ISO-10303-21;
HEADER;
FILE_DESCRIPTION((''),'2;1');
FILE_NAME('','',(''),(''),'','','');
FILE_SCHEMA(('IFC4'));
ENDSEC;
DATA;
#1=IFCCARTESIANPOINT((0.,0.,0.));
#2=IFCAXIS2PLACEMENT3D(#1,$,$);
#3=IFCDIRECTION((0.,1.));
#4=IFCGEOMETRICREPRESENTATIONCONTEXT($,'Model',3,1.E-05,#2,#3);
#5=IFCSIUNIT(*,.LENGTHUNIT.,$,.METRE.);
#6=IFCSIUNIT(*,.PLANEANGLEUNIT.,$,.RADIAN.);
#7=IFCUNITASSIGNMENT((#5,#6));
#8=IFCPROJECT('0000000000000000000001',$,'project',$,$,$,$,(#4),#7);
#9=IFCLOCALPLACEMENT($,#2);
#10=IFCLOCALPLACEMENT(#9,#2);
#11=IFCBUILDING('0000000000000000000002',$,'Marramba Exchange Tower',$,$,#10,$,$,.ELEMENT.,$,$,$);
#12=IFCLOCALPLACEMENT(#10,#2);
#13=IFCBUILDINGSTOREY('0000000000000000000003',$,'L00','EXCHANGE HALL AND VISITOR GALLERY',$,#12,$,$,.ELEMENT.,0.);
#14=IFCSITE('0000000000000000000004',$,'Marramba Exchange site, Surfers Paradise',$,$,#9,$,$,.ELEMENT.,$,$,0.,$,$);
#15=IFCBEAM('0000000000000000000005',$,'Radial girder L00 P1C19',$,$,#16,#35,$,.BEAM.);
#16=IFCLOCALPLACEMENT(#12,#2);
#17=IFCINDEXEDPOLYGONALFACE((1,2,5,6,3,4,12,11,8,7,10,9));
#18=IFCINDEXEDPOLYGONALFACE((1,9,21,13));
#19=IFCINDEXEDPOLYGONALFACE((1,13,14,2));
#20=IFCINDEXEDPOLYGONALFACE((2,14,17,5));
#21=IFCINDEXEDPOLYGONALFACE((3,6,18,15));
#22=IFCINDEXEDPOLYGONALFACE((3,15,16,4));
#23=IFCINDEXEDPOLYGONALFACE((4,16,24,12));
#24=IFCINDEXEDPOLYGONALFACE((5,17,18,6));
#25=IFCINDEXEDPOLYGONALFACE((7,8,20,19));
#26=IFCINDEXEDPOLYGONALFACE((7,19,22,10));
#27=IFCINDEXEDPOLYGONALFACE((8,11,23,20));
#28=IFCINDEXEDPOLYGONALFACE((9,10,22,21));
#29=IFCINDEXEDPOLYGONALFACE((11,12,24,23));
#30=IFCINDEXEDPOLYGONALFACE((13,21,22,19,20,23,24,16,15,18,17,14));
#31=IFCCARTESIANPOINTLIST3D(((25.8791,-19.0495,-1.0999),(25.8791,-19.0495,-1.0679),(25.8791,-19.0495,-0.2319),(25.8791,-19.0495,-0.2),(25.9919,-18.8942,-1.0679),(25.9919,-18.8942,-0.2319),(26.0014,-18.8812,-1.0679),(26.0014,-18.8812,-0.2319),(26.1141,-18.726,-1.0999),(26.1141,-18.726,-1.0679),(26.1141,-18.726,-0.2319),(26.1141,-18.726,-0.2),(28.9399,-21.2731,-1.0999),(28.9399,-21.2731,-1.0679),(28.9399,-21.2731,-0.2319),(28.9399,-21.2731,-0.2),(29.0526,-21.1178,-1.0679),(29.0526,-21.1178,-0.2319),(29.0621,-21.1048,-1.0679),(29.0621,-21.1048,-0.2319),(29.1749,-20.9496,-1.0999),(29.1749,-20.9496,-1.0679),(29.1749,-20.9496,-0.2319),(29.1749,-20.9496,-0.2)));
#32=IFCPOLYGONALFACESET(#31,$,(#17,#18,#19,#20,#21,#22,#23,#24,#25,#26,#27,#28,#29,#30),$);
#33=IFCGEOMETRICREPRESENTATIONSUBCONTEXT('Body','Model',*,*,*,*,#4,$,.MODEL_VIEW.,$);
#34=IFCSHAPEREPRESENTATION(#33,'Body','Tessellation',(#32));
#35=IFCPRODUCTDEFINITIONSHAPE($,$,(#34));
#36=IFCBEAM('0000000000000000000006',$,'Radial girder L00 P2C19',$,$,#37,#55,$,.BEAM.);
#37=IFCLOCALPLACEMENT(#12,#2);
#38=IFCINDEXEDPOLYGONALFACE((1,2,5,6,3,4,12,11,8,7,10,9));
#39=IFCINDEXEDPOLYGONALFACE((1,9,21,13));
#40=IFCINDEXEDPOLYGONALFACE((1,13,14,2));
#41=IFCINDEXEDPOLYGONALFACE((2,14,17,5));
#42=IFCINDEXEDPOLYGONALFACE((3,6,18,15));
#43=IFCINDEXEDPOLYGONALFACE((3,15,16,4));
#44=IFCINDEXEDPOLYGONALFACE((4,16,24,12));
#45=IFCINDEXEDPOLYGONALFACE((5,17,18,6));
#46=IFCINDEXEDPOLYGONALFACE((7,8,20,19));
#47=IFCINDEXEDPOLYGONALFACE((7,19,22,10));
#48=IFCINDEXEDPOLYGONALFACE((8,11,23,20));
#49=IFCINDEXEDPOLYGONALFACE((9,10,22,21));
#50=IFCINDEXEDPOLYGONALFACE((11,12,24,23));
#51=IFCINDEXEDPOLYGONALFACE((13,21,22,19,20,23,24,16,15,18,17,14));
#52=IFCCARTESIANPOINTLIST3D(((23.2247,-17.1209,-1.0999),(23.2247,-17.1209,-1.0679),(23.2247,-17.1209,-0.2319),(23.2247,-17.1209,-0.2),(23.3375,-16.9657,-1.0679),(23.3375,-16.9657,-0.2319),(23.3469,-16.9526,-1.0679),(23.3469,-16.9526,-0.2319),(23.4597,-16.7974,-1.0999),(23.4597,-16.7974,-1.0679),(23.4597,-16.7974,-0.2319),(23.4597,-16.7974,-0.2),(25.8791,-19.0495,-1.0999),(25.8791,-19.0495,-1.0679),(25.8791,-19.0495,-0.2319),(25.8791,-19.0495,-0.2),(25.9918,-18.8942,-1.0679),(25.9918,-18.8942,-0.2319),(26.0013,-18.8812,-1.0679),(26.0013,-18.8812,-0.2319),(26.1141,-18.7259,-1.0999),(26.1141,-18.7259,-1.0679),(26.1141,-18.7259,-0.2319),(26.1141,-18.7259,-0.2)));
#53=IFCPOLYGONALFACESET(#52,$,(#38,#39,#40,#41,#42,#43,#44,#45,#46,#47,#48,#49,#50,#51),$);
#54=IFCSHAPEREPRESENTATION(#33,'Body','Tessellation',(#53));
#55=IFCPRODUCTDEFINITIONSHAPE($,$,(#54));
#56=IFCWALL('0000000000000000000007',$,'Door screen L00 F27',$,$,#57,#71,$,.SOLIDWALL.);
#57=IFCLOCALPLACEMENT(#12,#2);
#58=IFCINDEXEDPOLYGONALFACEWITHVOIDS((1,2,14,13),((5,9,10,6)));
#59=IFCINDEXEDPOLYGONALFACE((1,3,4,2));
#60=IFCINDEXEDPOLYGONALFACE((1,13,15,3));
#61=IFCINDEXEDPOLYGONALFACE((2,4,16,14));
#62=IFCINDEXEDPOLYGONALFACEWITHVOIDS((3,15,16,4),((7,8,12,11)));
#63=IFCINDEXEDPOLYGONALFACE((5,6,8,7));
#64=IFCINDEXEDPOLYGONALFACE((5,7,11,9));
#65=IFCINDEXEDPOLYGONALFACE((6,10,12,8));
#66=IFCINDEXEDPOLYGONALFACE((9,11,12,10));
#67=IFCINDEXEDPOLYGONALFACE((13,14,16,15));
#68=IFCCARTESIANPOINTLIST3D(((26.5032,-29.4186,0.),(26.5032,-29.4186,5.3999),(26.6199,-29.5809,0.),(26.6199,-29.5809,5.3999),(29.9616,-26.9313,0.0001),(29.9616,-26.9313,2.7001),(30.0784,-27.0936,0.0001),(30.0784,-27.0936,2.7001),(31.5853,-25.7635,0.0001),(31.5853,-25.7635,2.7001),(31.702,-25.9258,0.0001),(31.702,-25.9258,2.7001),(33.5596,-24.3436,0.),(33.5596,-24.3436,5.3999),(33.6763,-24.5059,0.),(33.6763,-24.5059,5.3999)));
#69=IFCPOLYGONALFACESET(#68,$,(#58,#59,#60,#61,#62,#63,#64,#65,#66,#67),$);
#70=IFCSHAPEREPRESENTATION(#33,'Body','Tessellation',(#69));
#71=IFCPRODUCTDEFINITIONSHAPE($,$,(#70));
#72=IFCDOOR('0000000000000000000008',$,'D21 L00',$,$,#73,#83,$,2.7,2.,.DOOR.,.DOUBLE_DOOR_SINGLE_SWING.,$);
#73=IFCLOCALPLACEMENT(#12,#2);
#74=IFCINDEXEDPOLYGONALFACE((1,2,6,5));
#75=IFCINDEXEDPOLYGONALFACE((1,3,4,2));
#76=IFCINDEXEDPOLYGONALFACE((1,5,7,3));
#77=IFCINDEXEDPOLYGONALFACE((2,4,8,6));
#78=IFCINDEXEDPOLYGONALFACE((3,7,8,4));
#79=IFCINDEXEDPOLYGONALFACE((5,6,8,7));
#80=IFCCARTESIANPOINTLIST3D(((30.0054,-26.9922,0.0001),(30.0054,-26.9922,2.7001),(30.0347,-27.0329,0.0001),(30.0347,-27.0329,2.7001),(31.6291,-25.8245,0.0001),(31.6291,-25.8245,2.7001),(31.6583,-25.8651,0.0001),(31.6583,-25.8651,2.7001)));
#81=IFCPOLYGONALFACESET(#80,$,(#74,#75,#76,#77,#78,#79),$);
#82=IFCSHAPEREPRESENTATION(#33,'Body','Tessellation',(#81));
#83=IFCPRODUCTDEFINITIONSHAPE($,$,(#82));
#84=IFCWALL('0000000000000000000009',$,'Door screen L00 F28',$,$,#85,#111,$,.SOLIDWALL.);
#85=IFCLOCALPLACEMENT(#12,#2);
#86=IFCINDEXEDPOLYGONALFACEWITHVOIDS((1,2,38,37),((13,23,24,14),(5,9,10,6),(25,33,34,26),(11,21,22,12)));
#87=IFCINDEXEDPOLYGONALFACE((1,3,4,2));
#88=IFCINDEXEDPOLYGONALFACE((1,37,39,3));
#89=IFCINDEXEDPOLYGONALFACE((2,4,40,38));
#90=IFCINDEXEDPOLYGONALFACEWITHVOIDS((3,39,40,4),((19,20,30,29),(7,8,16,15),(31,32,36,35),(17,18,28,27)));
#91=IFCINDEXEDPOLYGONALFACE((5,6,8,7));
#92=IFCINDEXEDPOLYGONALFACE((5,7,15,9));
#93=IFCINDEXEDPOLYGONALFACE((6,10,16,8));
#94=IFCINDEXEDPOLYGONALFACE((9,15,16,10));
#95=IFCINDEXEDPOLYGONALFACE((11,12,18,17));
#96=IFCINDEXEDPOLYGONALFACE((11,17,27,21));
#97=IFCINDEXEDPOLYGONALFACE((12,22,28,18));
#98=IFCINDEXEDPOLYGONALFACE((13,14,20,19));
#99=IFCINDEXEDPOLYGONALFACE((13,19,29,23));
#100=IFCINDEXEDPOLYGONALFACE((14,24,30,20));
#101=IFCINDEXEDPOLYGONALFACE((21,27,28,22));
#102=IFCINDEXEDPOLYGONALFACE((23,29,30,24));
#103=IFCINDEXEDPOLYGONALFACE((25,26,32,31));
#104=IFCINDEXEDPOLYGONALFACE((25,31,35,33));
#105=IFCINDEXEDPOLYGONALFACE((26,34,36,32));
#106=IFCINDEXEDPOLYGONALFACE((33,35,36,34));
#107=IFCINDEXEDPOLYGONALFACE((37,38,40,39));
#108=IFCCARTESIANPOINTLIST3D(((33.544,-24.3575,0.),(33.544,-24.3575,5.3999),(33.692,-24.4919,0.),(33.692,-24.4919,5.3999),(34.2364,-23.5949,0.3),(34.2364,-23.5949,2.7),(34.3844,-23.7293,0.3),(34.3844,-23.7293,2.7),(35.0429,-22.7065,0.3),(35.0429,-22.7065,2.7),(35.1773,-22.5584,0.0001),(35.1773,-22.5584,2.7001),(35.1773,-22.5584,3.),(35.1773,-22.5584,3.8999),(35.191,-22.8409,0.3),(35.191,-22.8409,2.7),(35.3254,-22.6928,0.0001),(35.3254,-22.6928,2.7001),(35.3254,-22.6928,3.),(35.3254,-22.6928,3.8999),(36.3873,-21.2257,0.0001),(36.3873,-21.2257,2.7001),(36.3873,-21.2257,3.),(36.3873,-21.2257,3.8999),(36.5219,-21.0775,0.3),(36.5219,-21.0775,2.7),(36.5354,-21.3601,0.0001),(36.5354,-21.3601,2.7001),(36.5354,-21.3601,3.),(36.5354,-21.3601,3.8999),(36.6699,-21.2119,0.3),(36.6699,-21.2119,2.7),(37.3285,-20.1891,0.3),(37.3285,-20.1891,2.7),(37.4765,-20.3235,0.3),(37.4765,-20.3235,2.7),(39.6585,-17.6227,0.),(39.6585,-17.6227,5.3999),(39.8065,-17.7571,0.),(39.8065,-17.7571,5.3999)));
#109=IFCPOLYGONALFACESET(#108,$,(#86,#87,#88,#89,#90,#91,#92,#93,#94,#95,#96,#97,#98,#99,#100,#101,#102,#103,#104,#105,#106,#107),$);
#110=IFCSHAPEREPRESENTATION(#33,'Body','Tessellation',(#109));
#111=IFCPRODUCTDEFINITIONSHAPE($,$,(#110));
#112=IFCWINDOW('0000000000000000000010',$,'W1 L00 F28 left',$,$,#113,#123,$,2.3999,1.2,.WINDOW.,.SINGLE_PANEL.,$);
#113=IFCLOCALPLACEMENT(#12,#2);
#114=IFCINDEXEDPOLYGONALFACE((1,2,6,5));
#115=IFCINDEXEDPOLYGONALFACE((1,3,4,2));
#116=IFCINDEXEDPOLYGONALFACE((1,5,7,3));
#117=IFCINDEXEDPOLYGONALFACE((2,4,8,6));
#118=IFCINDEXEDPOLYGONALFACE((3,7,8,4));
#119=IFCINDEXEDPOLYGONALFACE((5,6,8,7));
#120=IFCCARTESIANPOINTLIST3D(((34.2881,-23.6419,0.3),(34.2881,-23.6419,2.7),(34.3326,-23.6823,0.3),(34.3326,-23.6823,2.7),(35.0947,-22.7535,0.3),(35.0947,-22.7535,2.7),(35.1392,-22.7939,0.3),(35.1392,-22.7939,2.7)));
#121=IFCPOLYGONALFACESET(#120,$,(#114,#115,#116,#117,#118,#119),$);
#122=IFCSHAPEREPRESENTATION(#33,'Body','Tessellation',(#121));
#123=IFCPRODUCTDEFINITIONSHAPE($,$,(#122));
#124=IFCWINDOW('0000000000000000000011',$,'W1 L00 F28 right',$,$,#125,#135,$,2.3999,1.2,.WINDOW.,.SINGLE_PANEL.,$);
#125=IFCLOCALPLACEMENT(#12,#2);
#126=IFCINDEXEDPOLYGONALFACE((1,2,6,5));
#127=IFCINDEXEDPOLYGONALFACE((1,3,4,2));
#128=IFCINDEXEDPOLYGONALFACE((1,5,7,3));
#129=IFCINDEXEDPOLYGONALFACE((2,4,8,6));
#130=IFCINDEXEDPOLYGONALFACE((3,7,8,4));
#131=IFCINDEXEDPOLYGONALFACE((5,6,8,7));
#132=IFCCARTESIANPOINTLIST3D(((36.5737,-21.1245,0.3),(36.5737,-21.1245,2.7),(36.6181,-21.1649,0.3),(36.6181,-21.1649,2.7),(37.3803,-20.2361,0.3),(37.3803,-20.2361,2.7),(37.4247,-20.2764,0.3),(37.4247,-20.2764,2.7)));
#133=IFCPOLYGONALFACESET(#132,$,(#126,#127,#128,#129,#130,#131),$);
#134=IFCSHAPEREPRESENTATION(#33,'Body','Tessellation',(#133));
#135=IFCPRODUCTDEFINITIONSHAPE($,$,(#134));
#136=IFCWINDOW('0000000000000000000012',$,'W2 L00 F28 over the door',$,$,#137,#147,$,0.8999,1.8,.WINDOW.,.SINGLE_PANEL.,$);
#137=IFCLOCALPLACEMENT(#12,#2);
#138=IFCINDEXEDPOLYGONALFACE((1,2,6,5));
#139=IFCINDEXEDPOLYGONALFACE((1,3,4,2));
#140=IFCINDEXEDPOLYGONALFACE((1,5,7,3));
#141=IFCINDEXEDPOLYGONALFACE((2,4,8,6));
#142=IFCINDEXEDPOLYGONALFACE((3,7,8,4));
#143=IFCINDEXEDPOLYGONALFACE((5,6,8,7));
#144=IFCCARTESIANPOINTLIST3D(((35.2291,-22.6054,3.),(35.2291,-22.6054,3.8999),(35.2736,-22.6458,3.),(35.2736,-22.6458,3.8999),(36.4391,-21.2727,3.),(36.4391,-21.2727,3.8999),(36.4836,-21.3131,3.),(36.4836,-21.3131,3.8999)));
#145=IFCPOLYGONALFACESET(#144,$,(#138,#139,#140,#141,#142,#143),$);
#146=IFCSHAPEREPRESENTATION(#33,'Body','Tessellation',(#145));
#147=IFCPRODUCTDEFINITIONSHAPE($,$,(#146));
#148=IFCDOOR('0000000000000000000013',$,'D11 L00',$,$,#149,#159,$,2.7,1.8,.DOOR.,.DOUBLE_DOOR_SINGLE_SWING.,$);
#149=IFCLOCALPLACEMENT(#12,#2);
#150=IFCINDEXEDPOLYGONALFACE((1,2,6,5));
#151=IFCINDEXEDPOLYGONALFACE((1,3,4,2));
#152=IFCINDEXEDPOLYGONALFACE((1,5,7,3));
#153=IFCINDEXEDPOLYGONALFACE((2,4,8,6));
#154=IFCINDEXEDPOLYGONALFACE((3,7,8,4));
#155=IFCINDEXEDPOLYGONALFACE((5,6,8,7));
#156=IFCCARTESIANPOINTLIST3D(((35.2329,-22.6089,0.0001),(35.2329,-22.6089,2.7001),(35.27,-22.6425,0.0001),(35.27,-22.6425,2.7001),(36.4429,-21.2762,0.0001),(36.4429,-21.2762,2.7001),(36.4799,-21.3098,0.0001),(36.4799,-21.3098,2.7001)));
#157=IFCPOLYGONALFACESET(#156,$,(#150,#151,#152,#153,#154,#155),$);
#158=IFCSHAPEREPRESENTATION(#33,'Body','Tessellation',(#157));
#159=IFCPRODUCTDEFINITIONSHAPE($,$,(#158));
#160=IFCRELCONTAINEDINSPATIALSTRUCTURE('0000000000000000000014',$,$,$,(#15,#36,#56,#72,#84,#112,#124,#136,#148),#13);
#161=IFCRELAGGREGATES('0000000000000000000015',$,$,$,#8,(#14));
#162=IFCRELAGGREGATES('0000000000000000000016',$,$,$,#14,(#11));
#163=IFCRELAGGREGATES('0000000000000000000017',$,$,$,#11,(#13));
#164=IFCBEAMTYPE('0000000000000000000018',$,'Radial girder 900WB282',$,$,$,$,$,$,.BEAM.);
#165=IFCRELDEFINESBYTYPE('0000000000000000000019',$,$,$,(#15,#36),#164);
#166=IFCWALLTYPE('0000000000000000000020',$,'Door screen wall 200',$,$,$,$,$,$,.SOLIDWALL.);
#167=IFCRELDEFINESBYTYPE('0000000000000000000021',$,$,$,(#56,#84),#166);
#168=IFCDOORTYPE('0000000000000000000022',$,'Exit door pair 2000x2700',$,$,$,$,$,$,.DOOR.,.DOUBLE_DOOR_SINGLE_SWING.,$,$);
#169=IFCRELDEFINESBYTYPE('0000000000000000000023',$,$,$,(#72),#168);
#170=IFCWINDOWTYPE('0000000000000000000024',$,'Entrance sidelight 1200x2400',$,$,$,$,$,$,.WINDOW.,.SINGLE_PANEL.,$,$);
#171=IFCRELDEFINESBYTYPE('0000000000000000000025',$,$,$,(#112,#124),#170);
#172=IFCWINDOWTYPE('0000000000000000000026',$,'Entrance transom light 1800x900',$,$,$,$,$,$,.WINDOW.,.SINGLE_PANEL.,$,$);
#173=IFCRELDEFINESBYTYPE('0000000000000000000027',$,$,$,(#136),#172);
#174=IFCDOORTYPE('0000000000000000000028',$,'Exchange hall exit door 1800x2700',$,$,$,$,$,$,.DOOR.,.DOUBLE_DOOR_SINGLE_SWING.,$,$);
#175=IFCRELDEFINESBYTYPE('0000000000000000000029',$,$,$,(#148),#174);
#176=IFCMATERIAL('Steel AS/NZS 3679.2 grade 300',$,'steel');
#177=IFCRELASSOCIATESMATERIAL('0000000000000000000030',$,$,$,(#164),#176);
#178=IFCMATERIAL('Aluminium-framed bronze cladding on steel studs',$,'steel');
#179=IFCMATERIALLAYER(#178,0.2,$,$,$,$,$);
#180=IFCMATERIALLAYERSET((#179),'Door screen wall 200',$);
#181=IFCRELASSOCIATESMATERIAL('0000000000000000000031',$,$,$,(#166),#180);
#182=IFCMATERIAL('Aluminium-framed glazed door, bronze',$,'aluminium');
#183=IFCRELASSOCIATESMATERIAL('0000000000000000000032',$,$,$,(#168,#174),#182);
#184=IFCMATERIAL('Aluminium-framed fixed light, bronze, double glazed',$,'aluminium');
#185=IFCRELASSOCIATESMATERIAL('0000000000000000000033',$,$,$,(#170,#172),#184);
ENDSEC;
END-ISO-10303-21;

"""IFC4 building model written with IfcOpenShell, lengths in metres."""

from ifc_helpers import new_model, si_unit, direction, frame, frame_2d, origin, origin_2d, place, context, subcontext, project, spatial, rectangle, i_section, extrude, material, layer, layer_set, material_profile, profile_set, type_object, element, fill, save


model = new_model("IFC4")

# Units and contexts
model_context = context("Model", 3, precision=1e-05, world=origin(), true_north=direction((0.0, 1.0)))
body_context = subcontext(model_context, "Body", "Model", "MODEL_VIEW")
ifc_project = project(units=[si_unit("LENGTHUNIT", "METRE"), si_unit("PLANEANGLEUNIT", "RADIAN")], contexts=[model_context])

# Site, building, storey
site_placement = place(None, origin())
site = spatial("IfcSite", under=ifc_project, at=site_placement, Name="Marramba Exchange site, Surfers Paradise", CompositionType="ELEMENT", RefElevation=0.0)
building_placement = place(site_placement, origin())
building = spatial("IfcBuilding", under=site, at=building_placement, Name="Marramba Exchange Tower", CompositionType="ELEMENT")
storey_placement = place(building_placement, origin())
storey = spatial("IfcBuildingStorey", under=building, at=storey_placement, Name="L00", Description="EXCHANGE HALL AND VISITOR GALLERY", CompositionType="ELEMENT", Elevation=0.0)

# Beams
ifc_material_1 = material(Name="Steel AS/NZS 3679.2 grade 300", Category="steel")
ifc_material_profile_1 = material_profile(ifc_material_1, i_section(OverallWidth=0.3999, OverallDepth=0.8999, WebThickness=0.0161, FlangeThickness=0.032, at=origin_2d()), Name="900WB282")
ifc_profile_set_1 = profile_set([ifc_material_profile_1], Name="Steel AS/NZS 3679.2 grade 300")
beam_type_1 = type_object("IfcBeamType", Name="Radial girder 900WB282", PredefinedType="BEAM", material=ifc_profile_set_1)
beam_1_placement = place(storey_placement, frame((29.0574, -21.1113, -0.6499), z_axis=(-0.809037, 0.587757, 0.0), x_axis=(-0.587757, -0.809037, 0.0)))
element("IfcBeam", 1, at=beam_1_placement, inside=storey, type_object=beam_type_1, Name="Radial girder L00 P1C19", PredefinedType="BEAM", context=body_context, shape_type="SweptSolid", body=[
    extrude(i_section(OverallWidth=0.3999, OverallDepth=0.8999, WebThickness=0.0161, FlangeThickness=0.032, at=origin_2d()), origin(), (0.0, 0.0, 1.0), 3.7832),
])
beam_2_placement = place(storey_placement, frame((25.9966, -18.8877, -0.6499), z_axis=(-0.809016, 0.587787, 0.0), x_axis=(-0.587787, -0.809016, 0.0)))
element("IfcBeam", 2, at=beam_2_placement, inside=storey, type_object=beam_type_1, Name="Radial girder L00 P2C19", PredefinedType="BEAM", context=body_context, shape_type="SweptSolid", body=[
    extrude(i_section(OverallWidth=0.3999, OverallDepth=0.8999, WebThickness=0.0161, FlangeThickness=0.032, at=origin_2d()), origin(), (0.0, 0.0, 1.0), 3.281),
])

# Wall, opening, door
ifc_material_2 = material(Name="Aluminium-framed bronze cladding on steel studs", Category="steel")
ifc_layer_1 = layer(ifc_material_2, 0.2)
ifc_layer_set_1 = layer_set([ifc_layer_1], Name="Door screen wall 200")
wall_type_1 = type_object("IfcWallType", Name="Door screen wall 200", PredefinedType="SOLIDWALL", material=ifc_layer_set_1)
wall_1_placement = place(storey_placement, frame((26.5615, -29.4998, 0.0), z_axis=(0.0, 0.0, 1.0), x_axis=(0.811843, 0.583876, 0.0)))
wall_1 = element("IfcWall", 3, at=wall_1_placement, inside=storey, type_object=wall_type_1, Name="Door screen L00 F27", PredefinedType="SOLIDWALL", context=body_context, shape_type="SweptSolid", body=[
    extrude(rectangle(XDim=8.6919, YDim=0.2, at=frame_2d((4.3459, 0.0))), origin(), (0.0, 0.0, 1.0), 5.3999),
])
opening_1_placement = place(wall_1_placement, frame((4.26, 0.0, 0.0)))
opening_1 = element("IfcOpeningElement", 4, at=opening_1_placement, cuts=wall_1, PredefinedType="OPENING", context=body_context, shape_type="SweptSolid", body=[
    extrude(rectangle(XDim=2.0, YDim=2.7, at=frame_2d((1.0, 1.3501))), frame((0.0, 0.1099, 0.0), z_axis=(0.0, -1.0, 0.0), x_axis=(1.0, 0.0, 0.0)), (0.0, 0.0, 1.0), 0.22),
])
ifc_material_3 = material(Name="Aluminium-framed glazed door, bronze", Category="aluminium")
door_type_1 = type_object("IfcDoorType", Name="Exit door pair 2000x2700", OperationType="DOUBLE_DOOR_SINGLE_SWING", PredefinedType="DOOR", material=ifc_material_3)
door_1_placement = place(opening_1_placement, frame((2.0, 0.0, 0.0), z_axis=(0.0, 0.0, 1.0), x_axis=(-1.0, 0.0, 0.0)))
door_1 = element("IfcDoor", 5, at=door_1_placement, inside=storey, type_object=door_type_1, Name="D21 L00", OperationType="DOUBLE_DOOR_SINGLE_SWING", OverallHeight=2.7, OverallWidth=2.0, PredefinedType="DOOR", context=body_context, shape_type="SweptSolid", body=[
    extrude(rectangle(XDim=2.0, YDim=2.7, at=frame_2d((1.0, 1.3501))), frame((0.0, 0.0251, 0.0), z_axis=(0.0, -1.0, 0.0), x_axis=(1.0, 0.0, 0.0)), (0.0, 0.0, 1.0), 0.05),
])
fill(opening_1, door_1)

# Wall, openings, windows, door
wall_2_placement = place(storey_placement, frame((33.6179, -24.4248, 0.0), z_axis=(0.0, 0.0, 1.0), x_axis=(0.672185, 0.740383, 0.0)))
wall_2 = element("IfcWall", 6, at=wall_2_placement, inside=storey, type_object=wall_type_1, Name="Door screen L00 F28", PredefinedType="SOLIDWALL", context=body_context, shape_type="SweptSolid", body=[
    extrude(rectangle(XDim=9.0964, YDim=0.2, at=frame_2d((4.5483, 0.0))), origin(), (0.0, 0.0, 1.0), 5.3999),
])
opening_2_placement = place(wall_2_placement, frame((2.4302, 0.0, 0.0)))
opening_2 = element("IfcOpeningElement", 7, at=opening_2_placement, cuts=wall_2, PredefinedType="OPENING", context=body_context, shape_type="SweptSolid", body=[
    extrude(rectangle(XDim=1.8, YDim=2.7, at=frame_2d((0.8999, 1.3501))), frame((0.0, 0.1099, 0.0), z_axis=(0.0, -1.0, 0.0), x_axis=(1.0, 0.0, 0.0)), (0.0, 0.0, 1.0), 0.22),
])
opening_3_placement = place(wall_2_placement, frame((1.03, 0.0, 0.3)))
opening_3 = element("IfcOpeningElement", 8, at=opening_3_placement, cuts=wall_2, PredefinedType="OPENING", context=body_context, shape_type="SweptSolid", body=[
    extrude(rectangle(XDim=1.2, YDim=2.3999, at=frame_2d((0.6001, 1.2))), frame((0.0, 0.1099, 0.0), z_axis=(0.0, -1.0, 0.0), x_axis=(1.0, 0.0, 0.0)), (0.0, 0.0, 1.0), 0.22),
])
opening_4_placement = place(wall_2_placement, frame((4.4302, 0.0, 0.3)))
opening_4 = element("IfcOpeningElement", 9, at=opening_4_placement, cuts=wall_2, PredefinedType="OPENING", context=body_context, shape_type="SweptSolid", body=[
    extrude(rectangle(XDim=1.2, YDim=2.3999, at=frame_2d((0.6001, 1.2))), frame((0.0, 0.1099, 0.0), z_axis=(0.0, -1.0, 0.0), x_axis=(1.0, 0.0, 0.0)), (0.0, 0.0, 1.0), 0.22),
])
opening_5_placement = place(wall_2_placement, frame((2.4302, 0.0, 3.0)))
opening_5 = element("IfcOpeningElement", 10, at=opening_5_placement, cuts=wall_2, PredefinedType="OPENING", context=body_context, shape_type="SweptSolid", body=[
    extrude(rectangle(XDim=1.8, YDim=0.8999, at=frame_2d((0.8999, 0.45))), frame((0.0, 0.1099, 0.0), z_axis=(0.0, -1.0, 0.0), x_axis=(1.0, 0.0, 0.0)), (0.0, 0.0, 1.0), 0.22),
])
ifc_material_4 = material(Name="Aluminium-framed fixed light, bronze, double glazed", Category="aluminium")
window_type_1 = type_object("IfcWindowType", Name="Entrance sidelight 1200x2400", PartitioningType="SINGLE_PANEL", PredefinedType="WINDOW", material=ifc_material_4)
window_1_placement = place(opening_3_placement, origin())
window_1 = element("IfcWindow", 11, at=window_1_placement, inside=storey, type_object=window_type_1, Name="W1 L00 F28 left", OverallHeight=2.3999, OverallWidth=1.2, PartitioningType="SINGLE_PANEL", PredefinedType="WINDOW", context=body_context, shape_type="SweptSolid", body=[
    extrude(rectangle(XDim=1.2, YDim=2.3999, at=frame_2d((0.6001, 1.2))), frame((0.0, 0.03, 0.0), z_axis=(0.0, -1.0, 0.0), x_axis=(1.0, 0.0, 0.0)), (0.0, 0.0, 1.0), 0.0601),
])
fill(opening_3, window_1)
window_2_placement = place(opening_4_placement, origin())
window_2 = element("IfcWindow", 12, at=window_2_placement, inside=storey, type_object=window_type_1, Name="W1 L00 F28 right", OverallHeight=2.3999, OverallWidth=1.2, PartitioningType="SINGLE_PANEL", PredefinedType="WINDOW", context=body_context, shape_type="SweptSolid", body=[
    extrude(rectangle(XDim=1.2, YDim=2.3999, at=frame_2d((0.6001, 1.2))), frame((0.0, 0.03, 0.0), z_axis=(0.0, -1.0, 0.0), x_axis=(1.0, 0.0, 0.0)), (0.0, 0.0, 1.0), 0.0601),
])
fill(opening_4, window_2)
window_type_2 = type_object("IfcWindowType", Name="Entrance transom light 1800x900", PartitioningType="SINGLE_PANEL", PredefinedType="WINDOW", material=ifc_material_4)
window_3_placement = place(opening_5_placement, origin())
window_3 = element("IfcWindow", 13, at=window_3_placement, inside=storey, type_object=window_type_2, Name="W2 L00 F28 over the door", OverallHeight=0.8999, OverallWidth=1.8, PartitioningType="SINGLE_PANEL", PredefinedType="WINDOW", context=body_context, shape_type="SweptSolid", body=[
    extrude(rectangle(XDim=1.8, YDim=0.8999, at=frame_2d((0.8999, 0.45))), frame((0.0, 0.03, 0.0), z_axis=(0.0, -1.0, 0.0), x_axis=(1.0, 0.0, 0.0)), (0.0, 0.0, 1.0), 0.0601),
])
fill(opening_5, window_3)
door_type_2 = type_object("IfcDoorType", Name="Exchange hall exit door 1800x2700", OperationType="DOUBLE_DOOR_SINGLE_SWING", PredefinedType="DOOR", material=ifc_material_3)
door_2_placement = place(opening_2_placement, frame((1.8, 0.0, 0.0), z_axis=(0.0, 0.0, 1.0), x_axis=(-1.0, 0.0, 0.0)))
door_2 = element("IfcDoor", 14, at=door_2_placement, inside=storey, type_object=door_type_2, Name="D11 L00", OperationType="DOUBLE_DOOR_SINGLE_SWING", OverallHeight=2.7, OverallWidth=1.8, PredefinedType="DOOR", context=body_context, shape_type="SweptSolid", body=[
    extrude(rectangle(XDim=1.8, YDim=2.7, at=frame_2d((0.9001, 1.3501))), frame((0.0, 0.0251, 0.0), z_axis=(0.0, -1.0, 0.0), x_axis=(1.0, 0.0, 0.0)), (0.0, 0.0, 1.0), 0.05),
])
fill(opening_2, door_2)

save(model, "model.ifc")
